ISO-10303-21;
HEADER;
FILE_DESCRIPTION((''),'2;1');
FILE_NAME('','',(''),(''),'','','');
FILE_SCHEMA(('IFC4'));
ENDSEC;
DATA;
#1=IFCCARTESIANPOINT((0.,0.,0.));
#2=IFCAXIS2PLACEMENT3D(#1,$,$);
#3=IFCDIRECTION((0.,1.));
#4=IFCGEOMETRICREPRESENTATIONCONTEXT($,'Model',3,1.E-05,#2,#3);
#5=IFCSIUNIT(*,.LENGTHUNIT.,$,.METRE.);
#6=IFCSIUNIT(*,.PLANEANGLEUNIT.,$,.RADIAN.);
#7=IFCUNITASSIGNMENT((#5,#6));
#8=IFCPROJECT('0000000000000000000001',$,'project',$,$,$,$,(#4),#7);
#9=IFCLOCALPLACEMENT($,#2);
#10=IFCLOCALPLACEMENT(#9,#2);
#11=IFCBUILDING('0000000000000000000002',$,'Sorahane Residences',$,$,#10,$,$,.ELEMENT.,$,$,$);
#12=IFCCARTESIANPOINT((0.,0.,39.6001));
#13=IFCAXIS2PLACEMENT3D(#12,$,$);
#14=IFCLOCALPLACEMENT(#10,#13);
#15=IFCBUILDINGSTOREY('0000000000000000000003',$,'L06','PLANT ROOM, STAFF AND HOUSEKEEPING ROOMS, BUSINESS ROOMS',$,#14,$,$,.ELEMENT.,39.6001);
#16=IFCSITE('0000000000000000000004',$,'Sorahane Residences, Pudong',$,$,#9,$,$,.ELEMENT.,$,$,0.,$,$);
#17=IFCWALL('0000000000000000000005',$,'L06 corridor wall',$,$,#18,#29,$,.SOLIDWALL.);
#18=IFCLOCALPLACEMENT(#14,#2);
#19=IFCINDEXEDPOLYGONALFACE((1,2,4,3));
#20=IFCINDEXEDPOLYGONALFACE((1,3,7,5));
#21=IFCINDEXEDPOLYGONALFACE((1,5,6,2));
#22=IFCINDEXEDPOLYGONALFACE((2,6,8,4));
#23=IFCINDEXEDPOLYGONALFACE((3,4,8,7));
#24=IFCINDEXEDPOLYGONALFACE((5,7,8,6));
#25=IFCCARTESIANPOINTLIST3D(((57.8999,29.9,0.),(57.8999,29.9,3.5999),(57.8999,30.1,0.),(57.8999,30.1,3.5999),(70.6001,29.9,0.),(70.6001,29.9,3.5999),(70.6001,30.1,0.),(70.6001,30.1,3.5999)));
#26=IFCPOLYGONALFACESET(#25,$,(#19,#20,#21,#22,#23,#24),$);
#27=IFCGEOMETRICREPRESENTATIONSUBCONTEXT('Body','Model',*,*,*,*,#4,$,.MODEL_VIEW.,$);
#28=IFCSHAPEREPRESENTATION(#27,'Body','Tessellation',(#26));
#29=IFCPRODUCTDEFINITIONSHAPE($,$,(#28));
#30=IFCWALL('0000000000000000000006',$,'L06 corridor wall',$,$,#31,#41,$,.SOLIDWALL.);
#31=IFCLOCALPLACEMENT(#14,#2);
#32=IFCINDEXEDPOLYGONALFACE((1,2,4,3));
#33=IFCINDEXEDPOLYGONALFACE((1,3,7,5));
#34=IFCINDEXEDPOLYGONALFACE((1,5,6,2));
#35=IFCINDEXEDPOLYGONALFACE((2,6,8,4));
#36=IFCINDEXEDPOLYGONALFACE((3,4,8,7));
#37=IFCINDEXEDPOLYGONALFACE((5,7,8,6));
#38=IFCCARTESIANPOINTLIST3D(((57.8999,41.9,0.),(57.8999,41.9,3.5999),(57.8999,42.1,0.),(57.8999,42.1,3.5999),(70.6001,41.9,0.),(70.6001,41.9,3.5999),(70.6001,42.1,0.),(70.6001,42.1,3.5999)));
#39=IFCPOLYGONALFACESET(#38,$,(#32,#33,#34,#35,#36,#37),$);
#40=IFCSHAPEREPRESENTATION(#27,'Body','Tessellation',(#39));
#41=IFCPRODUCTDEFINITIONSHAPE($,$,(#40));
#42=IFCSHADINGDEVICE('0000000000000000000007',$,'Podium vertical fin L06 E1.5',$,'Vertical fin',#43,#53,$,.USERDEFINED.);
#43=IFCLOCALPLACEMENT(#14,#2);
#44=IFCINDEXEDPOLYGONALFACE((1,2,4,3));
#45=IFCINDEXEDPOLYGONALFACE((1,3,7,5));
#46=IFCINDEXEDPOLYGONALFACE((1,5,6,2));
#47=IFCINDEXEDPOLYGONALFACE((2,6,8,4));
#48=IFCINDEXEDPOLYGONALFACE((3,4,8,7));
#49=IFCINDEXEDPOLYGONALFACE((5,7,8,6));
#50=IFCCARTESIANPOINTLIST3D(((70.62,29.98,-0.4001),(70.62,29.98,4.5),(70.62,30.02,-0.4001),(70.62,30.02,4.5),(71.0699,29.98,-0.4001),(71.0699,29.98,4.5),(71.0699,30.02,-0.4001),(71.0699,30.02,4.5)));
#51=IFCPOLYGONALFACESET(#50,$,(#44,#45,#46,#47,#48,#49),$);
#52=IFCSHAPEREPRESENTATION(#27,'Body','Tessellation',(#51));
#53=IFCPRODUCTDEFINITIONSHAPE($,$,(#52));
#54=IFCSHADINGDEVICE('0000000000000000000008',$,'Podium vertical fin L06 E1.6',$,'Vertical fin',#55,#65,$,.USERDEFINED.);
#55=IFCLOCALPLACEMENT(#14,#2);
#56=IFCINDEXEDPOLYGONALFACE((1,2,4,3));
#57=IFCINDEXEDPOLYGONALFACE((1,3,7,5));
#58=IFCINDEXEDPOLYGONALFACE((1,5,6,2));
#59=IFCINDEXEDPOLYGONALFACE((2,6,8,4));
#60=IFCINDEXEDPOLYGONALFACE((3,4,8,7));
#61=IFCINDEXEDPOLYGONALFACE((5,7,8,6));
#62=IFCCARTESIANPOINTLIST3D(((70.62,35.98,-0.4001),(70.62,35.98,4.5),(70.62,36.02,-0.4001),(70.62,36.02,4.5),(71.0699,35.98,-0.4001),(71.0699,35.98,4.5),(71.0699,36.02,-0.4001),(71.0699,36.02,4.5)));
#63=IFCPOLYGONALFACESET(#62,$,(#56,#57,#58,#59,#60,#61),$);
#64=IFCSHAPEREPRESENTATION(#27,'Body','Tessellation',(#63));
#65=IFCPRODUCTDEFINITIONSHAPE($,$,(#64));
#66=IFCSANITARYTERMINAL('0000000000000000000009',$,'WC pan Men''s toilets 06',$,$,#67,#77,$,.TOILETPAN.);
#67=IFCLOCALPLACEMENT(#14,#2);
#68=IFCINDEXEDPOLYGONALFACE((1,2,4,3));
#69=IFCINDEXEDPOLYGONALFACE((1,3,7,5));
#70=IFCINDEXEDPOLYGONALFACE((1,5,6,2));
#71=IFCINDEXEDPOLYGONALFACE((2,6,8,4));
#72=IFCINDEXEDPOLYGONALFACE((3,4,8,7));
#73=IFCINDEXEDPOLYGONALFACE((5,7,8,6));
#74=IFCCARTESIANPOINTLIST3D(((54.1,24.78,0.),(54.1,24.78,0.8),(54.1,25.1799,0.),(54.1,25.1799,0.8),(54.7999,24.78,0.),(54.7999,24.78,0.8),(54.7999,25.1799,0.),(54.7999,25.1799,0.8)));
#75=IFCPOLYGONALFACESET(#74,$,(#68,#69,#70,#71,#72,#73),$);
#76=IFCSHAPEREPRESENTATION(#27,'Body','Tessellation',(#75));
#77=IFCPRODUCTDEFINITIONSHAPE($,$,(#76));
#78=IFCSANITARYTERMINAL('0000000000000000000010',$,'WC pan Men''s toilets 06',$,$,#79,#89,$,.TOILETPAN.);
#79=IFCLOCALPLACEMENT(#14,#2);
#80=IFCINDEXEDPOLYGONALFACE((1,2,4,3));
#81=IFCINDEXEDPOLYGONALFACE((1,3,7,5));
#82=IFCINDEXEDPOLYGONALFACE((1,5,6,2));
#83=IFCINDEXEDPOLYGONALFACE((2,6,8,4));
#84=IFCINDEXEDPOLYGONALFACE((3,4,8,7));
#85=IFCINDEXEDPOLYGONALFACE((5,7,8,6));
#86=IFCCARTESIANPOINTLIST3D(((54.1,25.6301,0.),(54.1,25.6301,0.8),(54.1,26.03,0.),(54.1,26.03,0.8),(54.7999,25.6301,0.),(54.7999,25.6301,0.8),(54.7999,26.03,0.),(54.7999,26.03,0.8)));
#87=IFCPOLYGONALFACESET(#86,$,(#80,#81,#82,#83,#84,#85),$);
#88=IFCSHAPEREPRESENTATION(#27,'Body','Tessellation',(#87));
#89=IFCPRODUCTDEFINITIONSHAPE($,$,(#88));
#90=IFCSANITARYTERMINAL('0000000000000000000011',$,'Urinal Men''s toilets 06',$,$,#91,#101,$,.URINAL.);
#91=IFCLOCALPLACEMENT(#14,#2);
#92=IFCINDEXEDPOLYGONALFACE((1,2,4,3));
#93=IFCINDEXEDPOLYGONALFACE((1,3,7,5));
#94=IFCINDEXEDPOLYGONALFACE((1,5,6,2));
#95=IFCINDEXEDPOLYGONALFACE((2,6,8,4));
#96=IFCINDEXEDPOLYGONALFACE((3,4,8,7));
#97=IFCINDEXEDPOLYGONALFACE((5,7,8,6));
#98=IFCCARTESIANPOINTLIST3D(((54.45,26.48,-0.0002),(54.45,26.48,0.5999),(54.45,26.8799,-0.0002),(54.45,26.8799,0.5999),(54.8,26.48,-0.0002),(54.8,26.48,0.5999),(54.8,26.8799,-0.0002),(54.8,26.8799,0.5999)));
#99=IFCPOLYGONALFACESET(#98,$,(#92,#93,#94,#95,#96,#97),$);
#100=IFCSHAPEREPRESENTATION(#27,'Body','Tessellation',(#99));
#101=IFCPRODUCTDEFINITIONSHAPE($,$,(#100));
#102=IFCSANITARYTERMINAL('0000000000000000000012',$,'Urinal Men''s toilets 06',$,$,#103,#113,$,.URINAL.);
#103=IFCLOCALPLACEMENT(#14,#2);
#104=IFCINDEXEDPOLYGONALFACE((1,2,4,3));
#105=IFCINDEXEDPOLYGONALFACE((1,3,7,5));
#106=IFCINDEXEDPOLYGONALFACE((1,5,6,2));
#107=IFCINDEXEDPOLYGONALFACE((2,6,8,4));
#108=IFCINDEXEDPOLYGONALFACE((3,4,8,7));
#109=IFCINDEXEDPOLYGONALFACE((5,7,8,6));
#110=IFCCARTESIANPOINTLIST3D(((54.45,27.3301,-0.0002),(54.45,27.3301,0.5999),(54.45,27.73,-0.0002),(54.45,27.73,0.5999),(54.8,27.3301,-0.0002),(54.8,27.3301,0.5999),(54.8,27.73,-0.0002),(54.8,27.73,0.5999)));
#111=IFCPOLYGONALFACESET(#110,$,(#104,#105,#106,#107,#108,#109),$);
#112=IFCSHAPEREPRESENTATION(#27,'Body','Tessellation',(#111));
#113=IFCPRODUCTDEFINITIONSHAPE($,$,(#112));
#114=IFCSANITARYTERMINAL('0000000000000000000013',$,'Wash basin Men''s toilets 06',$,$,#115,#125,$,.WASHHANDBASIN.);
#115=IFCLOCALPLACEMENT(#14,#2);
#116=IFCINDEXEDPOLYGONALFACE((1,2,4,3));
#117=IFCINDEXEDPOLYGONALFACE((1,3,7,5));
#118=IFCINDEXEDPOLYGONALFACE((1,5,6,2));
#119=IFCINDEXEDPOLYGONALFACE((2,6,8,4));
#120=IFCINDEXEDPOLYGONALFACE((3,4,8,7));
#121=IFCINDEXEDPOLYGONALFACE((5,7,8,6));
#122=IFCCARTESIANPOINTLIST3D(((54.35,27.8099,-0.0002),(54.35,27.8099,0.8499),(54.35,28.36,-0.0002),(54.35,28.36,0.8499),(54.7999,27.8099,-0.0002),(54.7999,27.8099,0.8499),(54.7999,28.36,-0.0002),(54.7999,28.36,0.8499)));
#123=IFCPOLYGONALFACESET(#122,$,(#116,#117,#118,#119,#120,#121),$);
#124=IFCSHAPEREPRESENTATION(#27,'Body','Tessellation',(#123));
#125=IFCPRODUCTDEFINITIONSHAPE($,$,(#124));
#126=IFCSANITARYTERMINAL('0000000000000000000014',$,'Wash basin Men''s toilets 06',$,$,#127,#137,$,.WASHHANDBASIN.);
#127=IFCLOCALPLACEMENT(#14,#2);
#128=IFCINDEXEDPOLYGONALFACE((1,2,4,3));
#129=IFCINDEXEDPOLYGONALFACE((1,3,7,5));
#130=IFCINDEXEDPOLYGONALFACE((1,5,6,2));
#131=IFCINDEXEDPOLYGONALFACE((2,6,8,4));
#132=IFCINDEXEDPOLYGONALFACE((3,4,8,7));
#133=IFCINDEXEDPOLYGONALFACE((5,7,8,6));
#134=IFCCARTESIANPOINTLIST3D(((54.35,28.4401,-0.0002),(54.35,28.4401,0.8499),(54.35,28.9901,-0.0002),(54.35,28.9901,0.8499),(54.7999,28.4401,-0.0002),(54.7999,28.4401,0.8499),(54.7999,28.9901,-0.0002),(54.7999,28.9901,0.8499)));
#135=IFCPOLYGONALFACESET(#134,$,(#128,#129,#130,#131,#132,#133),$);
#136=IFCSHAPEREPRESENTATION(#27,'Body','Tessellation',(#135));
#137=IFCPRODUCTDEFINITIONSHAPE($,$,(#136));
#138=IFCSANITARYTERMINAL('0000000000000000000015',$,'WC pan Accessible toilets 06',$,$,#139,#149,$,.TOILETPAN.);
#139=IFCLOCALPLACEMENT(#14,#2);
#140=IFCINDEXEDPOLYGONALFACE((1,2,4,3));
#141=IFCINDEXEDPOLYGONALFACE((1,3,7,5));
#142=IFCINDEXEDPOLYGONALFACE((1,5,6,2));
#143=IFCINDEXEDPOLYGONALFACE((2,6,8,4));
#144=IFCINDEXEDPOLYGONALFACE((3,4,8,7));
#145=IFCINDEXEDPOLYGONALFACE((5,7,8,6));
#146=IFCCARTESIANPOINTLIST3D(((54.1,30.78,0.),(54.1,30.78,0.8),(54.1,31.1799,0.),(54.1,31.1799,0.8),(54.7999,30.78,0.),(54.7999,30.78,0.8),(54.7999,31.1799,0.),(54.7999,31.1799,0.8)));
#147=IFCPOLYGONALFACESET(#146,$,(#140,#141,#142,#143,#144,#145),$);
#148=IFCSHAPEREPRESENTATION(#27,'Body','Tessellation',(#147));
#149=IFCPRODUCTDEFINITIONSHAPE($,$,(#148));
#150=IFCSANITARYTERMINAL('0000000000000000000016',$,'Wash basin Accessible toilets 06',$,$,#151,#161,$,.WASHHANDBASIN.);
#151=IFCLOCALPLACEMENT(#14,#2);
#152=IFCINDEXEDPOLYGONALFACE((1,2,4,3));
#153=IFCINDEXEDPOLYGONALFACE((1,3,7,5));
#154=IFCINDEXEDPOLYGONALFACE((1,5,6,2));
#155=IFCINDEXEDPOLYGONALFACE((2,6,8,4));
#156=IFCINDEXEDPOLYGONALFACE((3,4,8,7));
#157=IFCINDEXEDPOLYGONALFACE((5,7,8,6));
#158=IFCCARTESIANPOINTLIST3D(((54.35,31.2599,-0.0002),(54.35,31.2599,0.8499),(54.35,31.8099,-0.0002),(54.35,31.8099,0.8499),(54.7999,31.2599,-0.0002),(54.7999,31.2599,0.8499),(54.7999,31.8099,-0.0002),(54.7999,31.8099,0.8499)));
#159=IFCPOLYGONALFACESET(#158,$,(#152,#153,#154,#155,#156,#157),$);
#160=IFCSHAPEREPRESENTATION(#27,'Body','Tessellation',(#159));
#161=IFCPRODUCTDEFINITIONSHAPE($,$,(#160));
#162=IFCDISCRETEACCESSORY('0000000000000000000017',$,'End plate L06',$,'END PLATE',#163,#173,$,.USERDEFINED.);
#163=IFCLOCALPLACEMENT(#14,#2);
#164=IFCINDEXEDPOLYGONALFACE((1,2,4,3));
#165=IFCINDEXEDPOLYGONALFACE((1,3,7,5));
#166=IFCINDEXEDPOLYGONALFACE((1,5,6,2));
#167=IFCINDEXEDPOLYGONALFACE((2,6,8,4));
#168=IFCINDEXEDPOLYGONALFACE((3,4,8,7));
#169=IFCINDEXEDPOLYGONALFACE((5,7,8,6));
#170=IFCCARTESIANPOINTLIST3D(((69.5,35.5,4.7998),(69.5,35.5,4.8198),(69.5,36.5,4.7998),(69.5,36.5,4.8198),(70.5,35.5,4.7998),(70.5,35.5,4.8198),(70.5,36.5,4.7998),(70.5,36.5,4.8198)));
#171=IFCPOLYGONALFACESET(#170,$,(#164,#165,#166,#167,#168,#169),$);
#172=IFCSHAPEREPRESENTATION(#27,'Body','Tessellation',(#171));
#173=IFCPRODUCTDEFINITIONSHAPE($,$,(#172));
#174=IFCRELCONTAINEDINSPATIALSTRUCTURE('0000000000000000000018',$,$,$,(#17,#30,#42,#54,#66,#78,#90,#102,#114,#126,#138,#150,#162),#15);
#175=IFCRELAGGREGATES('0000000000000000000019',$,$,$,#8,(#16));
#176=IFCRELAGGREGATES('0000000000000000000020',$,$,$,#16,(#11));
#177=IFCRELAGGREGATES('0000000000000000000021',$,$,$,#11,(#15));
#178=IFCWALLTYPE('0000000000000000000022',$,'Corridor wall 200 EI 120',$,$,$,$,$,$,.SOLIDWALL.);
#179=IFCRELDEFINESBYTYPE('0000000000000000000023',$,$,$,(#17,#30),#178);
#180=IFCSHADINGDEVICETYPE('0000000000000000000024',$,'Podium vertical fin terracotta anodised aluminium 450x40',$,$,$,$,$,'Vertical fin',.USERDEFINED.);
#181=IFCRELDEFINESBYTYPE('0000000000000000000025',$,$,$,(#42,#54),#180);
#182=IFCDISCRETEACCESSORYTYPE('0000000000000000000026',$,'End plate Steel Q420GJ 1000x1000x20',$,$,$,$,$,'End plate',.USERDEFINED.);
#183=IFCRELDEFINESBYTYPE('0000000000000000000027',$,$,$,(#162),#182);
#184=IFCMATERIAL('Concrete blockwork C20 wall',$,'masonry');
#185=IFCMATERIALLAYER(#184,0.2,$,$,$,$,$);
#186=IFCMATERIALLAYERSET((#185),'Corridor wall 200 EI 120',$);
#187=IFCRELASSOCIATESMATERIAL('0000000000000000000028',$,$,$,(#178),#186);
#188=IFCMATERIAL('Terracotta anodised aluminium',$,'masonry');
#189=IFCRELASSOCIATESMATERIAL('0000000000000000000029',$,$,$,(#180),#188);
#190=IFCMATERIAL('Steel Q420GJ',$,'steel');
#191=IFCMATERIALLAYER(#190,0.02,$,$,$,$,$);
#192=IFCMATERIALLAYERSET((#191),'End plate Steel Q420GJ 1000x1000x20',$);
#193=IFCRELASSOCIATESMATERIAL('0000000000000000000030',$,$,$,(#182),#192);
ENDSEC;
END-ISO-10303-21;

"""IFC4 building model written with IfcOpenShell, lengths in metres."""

from ifc_helpers import new_model, si_unit, direction, frame, frame_2d, origin, origin_2d, place, context, subcontext, project, spatial, rectangle, extrude, material, layer, layer_set, material_profile, profile_set, type_object, element, save


model = new_model("IFC4")

# Units and contexts
model_context = context("Model", 3, precision=1e-05, world=origin(), true_north=direction((0.0, 1.0)))
body_context = subcontext(model_context, "Body", "Model", "MODEL_VIEW")
ifc_project = project(units=[si_unit("LENGTHUNIT", "METRE"), si_unit("PLANEANGLEUNIT", "RADIAN")], contexts=[model_context])

# Site, building, storey
site_placement = place(None, origin())
site = spatial("IfcSite", under=ifc_project, at=site_placement, Name="Sorahane Residences, Pudong", CompositionType="ELEMENT", RefElevation=0.0)
building_placement = place(site_placement, origin())
building = spatial("IfcBuilding", under=site, at=building_placement, Name="Sorahane Residences", CompositionType="ELEMENT")
storey_placement = place(building_placement, frame((0.0, 0.0, 39.6001)))
storey = spatial("IfcBuildingStorey", under=building, at=storey_placement, Name="L06", Description="PLANT ROOM, STAFF AND HOUSEKEEPING ROOMS, BUSINESS ROOMS", CompositionType="ELEMENT", Elevation=39.6001)

# Walls
ifc_material_1 = material(Name="Concrete blockwork C20 wall", Category="masonry")
ifc_layer_1 = layer(ifc_material_1, 0.2)
ifc_layer_set_1 = layer_set([ifc_layer_1], Name="Corridor wall 200 EI 120")
wall_type = type_object("IfcWallType", Name="Corridor wall 200 EI 120", PredefinedType="SOLIDWALL", material=ifc_layer_set_1)
for number, where, z_axis, x_axis, name in (
    (1, (57.8999, 30.0, 0.0), (0.0, 0.0, 1.0), (1.0, 0.0, 0.0), "L06 corridor wall"),
    (2, (57.8999, 42.0, 0.0), (0.0, 0.0, 1.0), (1.0, 0.0, 0.0), "L06 corridor wall"),
):
    element("IfcWall", number, at=place(storey_placement, frame(where, z_axis=z_axis, x_axis=x_axis)), inside=storey, type_object=wall_type, Name=name, PredefinedType="SOLIDWALL", context=body_context, shape_type="SweptSolid", body=[
        extrude(rectangle(XDim=12.7002, YDim=0.2, at=frame_2d((6.3501, 0.0))), origin(), (0.0, 0.0, 1.0), 3.5999),
    ])

# Shading devices
ifc_material_2 = material(Name="Terracotta anodised aluminium", Category="masonry")
ifc_material_profile_1 = material_profile(ifc_material_2, rectangle(XDim=0.45, YDim=0.04, at=origin_2d()), Name="Podium vertical fin terracotta anodised aluminium 450x40")
ifc_profile_set_1 = profile_set([ifc_material_profile_1], Name="Terracotta anodised aluminium")
shading_device_type = type_object("IfcShadingDeviceType", Name="Podium vertical fin terracotta anodised aluminium 450x40", ElementType="Vertical fin", PredefinedType="USERDEFINED", material=ifc_profile_set_1)
for number, where, z_axis, x_axis, name in (
    (3, (70.845, 30.0, -0.4001), (0.0, 0.0, 1.0), (1.0, 0.0, 0.0), "Podium vertical fin L06 E1.5"),
    (4, (70.845, 36.0, -0.4001), (0.0, 0.0, 1.0), (1.0, 0.0, 0.0), "Podium vertical fin L06 E1.6"),
):
    element("IfcShadingDevice", number, at=place(storey_placement, frame(where, z_axis=z_axis, x_axis=x_axis)), inside=storey, type_object=shading_device_type, Name=name, ObjectType="Vertical fin", PredefinedType="USERDEFINED", context=body_context, shape_type="SweptSolid", body=[
        extrude(rectangle(XDim=0.45, YDim=0.04, at=origin_2d()), origin(), (0.0, 0.0, 1.0), 4.9001),
    ])

# Sanitary terminals
for number, where, z_axis, x_axis, name in (
    (5, (54.45, 24.98, 0.0), (0.0, 0.0, 1.0), (0.0, -1.0, 0.0), "WC pan Men's toilets 06"),
    (6, (54.45, 25.8301, 0.0), (0.0, 0.0, 1.0), (0.0, -1.0, 0.0), "WC pan Men's toilets 06"),
):
    element("IfcSanitaryTerminal", number, at=place(storey_placement, frame(where, z_axis=z_axis, x_axis=x_axis)), inside=storey, Name=name, PredefinedType="TOILETPAN", context=body_context, shape_type="SweptSolid", body=[
        extrude(rectangle(XDim=0.3999, YDim=0.7, at=origin_2d()), origin(), (0.0, 0.0, 1.0), 0.8),
    ])
for number, where, z_axis, x_axis, name in (
    (7, (54.625, 26.6799, -0.0002), (0.0, 0.0, 1.0), (0.0, -1.0, 0.0), "Urinal Men's toilets 06"),
    (8, (54.625, 27.53, -0.0002), (0.0, 0.0, 1.0), (0.0, -1.0, 0.0), "Urinal Men's toilets 06"),
):
    element("IfcSanitaryTerminal", number, at=place(storey_placement, frame(where, z_axis=z_axis, x_axis=x_axis)), inside=storey, Name=name, PredefinedType="URINAL", context=body_context, shape_type="SweptSolid", body=[
        extrude(rectangle(XDim=0.3999, YDim=0.3501, at=origin_2d()), origin(), (0.0, 0.0, 1.0), 0.6001),
    ])
for number, where, z_axis, x_axis, name in (
    (9, (54.575, 28.085, -0.0002), (0.0, 0.0, 1.0), (0.0, -1.0, 0.0), "Wash basin Men's toilets 06"),
    (10, (54.575, 28.7151, -0.0002), (0.0, 0.0, 1.0), (0.0, -1.0, 0.0), "Wash basin Men's toilets 06"),
):
    element("IfcSanitaryTerminal", number, at=place(storey_placement, frame(where, z_axis=z_axis, x_axis=x_axis)), inside=storey, Name=name, PredefinedType="WASHHANDBASIN", context=body_context, shape_type="SweptSolid", body=[
        extrude(rectangle(XDim=0.55, YDim=0.45, at=origin_2d()), origin(), (0.0, 0.0, 1.0), 0.8501),
    ])
sanitary_terminal_1_placement = place(storey_placement, frame((54.45, 30.98, 0.0), z_axis=(0.0, 0.0, 1.0), x_axis=(0.0, -1.0, 0.0)))
element("IfcSanitaryTerminal", 11, at=sanitary_terminal_1_placement, inside=storey, Name="WC pan Accessible toilets 06", PredefinedType="TOILETPAN", context=body_context, shape_type="SweptSolid", body=[
    extrude(rectangle(XDim=0.3999, YDim=0.7, at=origin_2d()), origin(), (0.0, 0.0, 1.0), 0.8),
])
sanitary_terminal_2_placement = place(storey_placement, frame((54.575, 31.5349, -0.0002), z_axis=(0.0, 0.0, 1.0), x_axis=(0.0, -1.0, 0.0)))
element("IfcSanitaryTerminal", 12, at=sanitary_terminal_2_placement, inside=storey, Name="Wash basin Accessible toilets 06", PredefinedType="WASHHANDBASIN", context=body_context, shape_type="SweptSolid", body=[
    extrude(rectangle(XDim=0.55, YDim=0.45, at=origin_2d()), origin(), (0.0, 0.0, 1.0), 0.8501),
])

# Discrete accessory
ifc_material_3 = material(Name="Steel Q420GJ", Category="steel")
ifc_layer_2 = layer(ifc_material_3, 0.02)
ifc_layer_set_2 = layer_set([ifc_layer_2], Name="End plate Steel Q420GJ 1000x1000x20")
discrete_accessory_type = type_object("IfcDiscreteAccessoryType", Name="End plate Steel Q420GJ 1000x1000x20", ElementType="End plate", PredefinedType="USERDEFINED", material=ifc_layer_set_2)
discrete_accessory_placement = place(storey_placement, frame((70.0, 36.0, 4.7998), z_axis=(0.0, 0.0, 1.0), x_axis=(1.0, 0.0, 0.0)))
element("IfcDiscreteAccessory", 13, at=discrete_accessory_placement, inside=storey, type_object=discrete_accessory_type, Name="End plate L06", ObjectType="END PLATE", PredefinedType="USERDEFINED", context=body_context, shape_type="SweptSolid", body=[
    extrude(rectangle(XDim=1.0, YDim=1.0, at=origin_2d()), origin(), (0.0, 0.0, 1.0), 0.02),
])

save(model, "model.ifc")
